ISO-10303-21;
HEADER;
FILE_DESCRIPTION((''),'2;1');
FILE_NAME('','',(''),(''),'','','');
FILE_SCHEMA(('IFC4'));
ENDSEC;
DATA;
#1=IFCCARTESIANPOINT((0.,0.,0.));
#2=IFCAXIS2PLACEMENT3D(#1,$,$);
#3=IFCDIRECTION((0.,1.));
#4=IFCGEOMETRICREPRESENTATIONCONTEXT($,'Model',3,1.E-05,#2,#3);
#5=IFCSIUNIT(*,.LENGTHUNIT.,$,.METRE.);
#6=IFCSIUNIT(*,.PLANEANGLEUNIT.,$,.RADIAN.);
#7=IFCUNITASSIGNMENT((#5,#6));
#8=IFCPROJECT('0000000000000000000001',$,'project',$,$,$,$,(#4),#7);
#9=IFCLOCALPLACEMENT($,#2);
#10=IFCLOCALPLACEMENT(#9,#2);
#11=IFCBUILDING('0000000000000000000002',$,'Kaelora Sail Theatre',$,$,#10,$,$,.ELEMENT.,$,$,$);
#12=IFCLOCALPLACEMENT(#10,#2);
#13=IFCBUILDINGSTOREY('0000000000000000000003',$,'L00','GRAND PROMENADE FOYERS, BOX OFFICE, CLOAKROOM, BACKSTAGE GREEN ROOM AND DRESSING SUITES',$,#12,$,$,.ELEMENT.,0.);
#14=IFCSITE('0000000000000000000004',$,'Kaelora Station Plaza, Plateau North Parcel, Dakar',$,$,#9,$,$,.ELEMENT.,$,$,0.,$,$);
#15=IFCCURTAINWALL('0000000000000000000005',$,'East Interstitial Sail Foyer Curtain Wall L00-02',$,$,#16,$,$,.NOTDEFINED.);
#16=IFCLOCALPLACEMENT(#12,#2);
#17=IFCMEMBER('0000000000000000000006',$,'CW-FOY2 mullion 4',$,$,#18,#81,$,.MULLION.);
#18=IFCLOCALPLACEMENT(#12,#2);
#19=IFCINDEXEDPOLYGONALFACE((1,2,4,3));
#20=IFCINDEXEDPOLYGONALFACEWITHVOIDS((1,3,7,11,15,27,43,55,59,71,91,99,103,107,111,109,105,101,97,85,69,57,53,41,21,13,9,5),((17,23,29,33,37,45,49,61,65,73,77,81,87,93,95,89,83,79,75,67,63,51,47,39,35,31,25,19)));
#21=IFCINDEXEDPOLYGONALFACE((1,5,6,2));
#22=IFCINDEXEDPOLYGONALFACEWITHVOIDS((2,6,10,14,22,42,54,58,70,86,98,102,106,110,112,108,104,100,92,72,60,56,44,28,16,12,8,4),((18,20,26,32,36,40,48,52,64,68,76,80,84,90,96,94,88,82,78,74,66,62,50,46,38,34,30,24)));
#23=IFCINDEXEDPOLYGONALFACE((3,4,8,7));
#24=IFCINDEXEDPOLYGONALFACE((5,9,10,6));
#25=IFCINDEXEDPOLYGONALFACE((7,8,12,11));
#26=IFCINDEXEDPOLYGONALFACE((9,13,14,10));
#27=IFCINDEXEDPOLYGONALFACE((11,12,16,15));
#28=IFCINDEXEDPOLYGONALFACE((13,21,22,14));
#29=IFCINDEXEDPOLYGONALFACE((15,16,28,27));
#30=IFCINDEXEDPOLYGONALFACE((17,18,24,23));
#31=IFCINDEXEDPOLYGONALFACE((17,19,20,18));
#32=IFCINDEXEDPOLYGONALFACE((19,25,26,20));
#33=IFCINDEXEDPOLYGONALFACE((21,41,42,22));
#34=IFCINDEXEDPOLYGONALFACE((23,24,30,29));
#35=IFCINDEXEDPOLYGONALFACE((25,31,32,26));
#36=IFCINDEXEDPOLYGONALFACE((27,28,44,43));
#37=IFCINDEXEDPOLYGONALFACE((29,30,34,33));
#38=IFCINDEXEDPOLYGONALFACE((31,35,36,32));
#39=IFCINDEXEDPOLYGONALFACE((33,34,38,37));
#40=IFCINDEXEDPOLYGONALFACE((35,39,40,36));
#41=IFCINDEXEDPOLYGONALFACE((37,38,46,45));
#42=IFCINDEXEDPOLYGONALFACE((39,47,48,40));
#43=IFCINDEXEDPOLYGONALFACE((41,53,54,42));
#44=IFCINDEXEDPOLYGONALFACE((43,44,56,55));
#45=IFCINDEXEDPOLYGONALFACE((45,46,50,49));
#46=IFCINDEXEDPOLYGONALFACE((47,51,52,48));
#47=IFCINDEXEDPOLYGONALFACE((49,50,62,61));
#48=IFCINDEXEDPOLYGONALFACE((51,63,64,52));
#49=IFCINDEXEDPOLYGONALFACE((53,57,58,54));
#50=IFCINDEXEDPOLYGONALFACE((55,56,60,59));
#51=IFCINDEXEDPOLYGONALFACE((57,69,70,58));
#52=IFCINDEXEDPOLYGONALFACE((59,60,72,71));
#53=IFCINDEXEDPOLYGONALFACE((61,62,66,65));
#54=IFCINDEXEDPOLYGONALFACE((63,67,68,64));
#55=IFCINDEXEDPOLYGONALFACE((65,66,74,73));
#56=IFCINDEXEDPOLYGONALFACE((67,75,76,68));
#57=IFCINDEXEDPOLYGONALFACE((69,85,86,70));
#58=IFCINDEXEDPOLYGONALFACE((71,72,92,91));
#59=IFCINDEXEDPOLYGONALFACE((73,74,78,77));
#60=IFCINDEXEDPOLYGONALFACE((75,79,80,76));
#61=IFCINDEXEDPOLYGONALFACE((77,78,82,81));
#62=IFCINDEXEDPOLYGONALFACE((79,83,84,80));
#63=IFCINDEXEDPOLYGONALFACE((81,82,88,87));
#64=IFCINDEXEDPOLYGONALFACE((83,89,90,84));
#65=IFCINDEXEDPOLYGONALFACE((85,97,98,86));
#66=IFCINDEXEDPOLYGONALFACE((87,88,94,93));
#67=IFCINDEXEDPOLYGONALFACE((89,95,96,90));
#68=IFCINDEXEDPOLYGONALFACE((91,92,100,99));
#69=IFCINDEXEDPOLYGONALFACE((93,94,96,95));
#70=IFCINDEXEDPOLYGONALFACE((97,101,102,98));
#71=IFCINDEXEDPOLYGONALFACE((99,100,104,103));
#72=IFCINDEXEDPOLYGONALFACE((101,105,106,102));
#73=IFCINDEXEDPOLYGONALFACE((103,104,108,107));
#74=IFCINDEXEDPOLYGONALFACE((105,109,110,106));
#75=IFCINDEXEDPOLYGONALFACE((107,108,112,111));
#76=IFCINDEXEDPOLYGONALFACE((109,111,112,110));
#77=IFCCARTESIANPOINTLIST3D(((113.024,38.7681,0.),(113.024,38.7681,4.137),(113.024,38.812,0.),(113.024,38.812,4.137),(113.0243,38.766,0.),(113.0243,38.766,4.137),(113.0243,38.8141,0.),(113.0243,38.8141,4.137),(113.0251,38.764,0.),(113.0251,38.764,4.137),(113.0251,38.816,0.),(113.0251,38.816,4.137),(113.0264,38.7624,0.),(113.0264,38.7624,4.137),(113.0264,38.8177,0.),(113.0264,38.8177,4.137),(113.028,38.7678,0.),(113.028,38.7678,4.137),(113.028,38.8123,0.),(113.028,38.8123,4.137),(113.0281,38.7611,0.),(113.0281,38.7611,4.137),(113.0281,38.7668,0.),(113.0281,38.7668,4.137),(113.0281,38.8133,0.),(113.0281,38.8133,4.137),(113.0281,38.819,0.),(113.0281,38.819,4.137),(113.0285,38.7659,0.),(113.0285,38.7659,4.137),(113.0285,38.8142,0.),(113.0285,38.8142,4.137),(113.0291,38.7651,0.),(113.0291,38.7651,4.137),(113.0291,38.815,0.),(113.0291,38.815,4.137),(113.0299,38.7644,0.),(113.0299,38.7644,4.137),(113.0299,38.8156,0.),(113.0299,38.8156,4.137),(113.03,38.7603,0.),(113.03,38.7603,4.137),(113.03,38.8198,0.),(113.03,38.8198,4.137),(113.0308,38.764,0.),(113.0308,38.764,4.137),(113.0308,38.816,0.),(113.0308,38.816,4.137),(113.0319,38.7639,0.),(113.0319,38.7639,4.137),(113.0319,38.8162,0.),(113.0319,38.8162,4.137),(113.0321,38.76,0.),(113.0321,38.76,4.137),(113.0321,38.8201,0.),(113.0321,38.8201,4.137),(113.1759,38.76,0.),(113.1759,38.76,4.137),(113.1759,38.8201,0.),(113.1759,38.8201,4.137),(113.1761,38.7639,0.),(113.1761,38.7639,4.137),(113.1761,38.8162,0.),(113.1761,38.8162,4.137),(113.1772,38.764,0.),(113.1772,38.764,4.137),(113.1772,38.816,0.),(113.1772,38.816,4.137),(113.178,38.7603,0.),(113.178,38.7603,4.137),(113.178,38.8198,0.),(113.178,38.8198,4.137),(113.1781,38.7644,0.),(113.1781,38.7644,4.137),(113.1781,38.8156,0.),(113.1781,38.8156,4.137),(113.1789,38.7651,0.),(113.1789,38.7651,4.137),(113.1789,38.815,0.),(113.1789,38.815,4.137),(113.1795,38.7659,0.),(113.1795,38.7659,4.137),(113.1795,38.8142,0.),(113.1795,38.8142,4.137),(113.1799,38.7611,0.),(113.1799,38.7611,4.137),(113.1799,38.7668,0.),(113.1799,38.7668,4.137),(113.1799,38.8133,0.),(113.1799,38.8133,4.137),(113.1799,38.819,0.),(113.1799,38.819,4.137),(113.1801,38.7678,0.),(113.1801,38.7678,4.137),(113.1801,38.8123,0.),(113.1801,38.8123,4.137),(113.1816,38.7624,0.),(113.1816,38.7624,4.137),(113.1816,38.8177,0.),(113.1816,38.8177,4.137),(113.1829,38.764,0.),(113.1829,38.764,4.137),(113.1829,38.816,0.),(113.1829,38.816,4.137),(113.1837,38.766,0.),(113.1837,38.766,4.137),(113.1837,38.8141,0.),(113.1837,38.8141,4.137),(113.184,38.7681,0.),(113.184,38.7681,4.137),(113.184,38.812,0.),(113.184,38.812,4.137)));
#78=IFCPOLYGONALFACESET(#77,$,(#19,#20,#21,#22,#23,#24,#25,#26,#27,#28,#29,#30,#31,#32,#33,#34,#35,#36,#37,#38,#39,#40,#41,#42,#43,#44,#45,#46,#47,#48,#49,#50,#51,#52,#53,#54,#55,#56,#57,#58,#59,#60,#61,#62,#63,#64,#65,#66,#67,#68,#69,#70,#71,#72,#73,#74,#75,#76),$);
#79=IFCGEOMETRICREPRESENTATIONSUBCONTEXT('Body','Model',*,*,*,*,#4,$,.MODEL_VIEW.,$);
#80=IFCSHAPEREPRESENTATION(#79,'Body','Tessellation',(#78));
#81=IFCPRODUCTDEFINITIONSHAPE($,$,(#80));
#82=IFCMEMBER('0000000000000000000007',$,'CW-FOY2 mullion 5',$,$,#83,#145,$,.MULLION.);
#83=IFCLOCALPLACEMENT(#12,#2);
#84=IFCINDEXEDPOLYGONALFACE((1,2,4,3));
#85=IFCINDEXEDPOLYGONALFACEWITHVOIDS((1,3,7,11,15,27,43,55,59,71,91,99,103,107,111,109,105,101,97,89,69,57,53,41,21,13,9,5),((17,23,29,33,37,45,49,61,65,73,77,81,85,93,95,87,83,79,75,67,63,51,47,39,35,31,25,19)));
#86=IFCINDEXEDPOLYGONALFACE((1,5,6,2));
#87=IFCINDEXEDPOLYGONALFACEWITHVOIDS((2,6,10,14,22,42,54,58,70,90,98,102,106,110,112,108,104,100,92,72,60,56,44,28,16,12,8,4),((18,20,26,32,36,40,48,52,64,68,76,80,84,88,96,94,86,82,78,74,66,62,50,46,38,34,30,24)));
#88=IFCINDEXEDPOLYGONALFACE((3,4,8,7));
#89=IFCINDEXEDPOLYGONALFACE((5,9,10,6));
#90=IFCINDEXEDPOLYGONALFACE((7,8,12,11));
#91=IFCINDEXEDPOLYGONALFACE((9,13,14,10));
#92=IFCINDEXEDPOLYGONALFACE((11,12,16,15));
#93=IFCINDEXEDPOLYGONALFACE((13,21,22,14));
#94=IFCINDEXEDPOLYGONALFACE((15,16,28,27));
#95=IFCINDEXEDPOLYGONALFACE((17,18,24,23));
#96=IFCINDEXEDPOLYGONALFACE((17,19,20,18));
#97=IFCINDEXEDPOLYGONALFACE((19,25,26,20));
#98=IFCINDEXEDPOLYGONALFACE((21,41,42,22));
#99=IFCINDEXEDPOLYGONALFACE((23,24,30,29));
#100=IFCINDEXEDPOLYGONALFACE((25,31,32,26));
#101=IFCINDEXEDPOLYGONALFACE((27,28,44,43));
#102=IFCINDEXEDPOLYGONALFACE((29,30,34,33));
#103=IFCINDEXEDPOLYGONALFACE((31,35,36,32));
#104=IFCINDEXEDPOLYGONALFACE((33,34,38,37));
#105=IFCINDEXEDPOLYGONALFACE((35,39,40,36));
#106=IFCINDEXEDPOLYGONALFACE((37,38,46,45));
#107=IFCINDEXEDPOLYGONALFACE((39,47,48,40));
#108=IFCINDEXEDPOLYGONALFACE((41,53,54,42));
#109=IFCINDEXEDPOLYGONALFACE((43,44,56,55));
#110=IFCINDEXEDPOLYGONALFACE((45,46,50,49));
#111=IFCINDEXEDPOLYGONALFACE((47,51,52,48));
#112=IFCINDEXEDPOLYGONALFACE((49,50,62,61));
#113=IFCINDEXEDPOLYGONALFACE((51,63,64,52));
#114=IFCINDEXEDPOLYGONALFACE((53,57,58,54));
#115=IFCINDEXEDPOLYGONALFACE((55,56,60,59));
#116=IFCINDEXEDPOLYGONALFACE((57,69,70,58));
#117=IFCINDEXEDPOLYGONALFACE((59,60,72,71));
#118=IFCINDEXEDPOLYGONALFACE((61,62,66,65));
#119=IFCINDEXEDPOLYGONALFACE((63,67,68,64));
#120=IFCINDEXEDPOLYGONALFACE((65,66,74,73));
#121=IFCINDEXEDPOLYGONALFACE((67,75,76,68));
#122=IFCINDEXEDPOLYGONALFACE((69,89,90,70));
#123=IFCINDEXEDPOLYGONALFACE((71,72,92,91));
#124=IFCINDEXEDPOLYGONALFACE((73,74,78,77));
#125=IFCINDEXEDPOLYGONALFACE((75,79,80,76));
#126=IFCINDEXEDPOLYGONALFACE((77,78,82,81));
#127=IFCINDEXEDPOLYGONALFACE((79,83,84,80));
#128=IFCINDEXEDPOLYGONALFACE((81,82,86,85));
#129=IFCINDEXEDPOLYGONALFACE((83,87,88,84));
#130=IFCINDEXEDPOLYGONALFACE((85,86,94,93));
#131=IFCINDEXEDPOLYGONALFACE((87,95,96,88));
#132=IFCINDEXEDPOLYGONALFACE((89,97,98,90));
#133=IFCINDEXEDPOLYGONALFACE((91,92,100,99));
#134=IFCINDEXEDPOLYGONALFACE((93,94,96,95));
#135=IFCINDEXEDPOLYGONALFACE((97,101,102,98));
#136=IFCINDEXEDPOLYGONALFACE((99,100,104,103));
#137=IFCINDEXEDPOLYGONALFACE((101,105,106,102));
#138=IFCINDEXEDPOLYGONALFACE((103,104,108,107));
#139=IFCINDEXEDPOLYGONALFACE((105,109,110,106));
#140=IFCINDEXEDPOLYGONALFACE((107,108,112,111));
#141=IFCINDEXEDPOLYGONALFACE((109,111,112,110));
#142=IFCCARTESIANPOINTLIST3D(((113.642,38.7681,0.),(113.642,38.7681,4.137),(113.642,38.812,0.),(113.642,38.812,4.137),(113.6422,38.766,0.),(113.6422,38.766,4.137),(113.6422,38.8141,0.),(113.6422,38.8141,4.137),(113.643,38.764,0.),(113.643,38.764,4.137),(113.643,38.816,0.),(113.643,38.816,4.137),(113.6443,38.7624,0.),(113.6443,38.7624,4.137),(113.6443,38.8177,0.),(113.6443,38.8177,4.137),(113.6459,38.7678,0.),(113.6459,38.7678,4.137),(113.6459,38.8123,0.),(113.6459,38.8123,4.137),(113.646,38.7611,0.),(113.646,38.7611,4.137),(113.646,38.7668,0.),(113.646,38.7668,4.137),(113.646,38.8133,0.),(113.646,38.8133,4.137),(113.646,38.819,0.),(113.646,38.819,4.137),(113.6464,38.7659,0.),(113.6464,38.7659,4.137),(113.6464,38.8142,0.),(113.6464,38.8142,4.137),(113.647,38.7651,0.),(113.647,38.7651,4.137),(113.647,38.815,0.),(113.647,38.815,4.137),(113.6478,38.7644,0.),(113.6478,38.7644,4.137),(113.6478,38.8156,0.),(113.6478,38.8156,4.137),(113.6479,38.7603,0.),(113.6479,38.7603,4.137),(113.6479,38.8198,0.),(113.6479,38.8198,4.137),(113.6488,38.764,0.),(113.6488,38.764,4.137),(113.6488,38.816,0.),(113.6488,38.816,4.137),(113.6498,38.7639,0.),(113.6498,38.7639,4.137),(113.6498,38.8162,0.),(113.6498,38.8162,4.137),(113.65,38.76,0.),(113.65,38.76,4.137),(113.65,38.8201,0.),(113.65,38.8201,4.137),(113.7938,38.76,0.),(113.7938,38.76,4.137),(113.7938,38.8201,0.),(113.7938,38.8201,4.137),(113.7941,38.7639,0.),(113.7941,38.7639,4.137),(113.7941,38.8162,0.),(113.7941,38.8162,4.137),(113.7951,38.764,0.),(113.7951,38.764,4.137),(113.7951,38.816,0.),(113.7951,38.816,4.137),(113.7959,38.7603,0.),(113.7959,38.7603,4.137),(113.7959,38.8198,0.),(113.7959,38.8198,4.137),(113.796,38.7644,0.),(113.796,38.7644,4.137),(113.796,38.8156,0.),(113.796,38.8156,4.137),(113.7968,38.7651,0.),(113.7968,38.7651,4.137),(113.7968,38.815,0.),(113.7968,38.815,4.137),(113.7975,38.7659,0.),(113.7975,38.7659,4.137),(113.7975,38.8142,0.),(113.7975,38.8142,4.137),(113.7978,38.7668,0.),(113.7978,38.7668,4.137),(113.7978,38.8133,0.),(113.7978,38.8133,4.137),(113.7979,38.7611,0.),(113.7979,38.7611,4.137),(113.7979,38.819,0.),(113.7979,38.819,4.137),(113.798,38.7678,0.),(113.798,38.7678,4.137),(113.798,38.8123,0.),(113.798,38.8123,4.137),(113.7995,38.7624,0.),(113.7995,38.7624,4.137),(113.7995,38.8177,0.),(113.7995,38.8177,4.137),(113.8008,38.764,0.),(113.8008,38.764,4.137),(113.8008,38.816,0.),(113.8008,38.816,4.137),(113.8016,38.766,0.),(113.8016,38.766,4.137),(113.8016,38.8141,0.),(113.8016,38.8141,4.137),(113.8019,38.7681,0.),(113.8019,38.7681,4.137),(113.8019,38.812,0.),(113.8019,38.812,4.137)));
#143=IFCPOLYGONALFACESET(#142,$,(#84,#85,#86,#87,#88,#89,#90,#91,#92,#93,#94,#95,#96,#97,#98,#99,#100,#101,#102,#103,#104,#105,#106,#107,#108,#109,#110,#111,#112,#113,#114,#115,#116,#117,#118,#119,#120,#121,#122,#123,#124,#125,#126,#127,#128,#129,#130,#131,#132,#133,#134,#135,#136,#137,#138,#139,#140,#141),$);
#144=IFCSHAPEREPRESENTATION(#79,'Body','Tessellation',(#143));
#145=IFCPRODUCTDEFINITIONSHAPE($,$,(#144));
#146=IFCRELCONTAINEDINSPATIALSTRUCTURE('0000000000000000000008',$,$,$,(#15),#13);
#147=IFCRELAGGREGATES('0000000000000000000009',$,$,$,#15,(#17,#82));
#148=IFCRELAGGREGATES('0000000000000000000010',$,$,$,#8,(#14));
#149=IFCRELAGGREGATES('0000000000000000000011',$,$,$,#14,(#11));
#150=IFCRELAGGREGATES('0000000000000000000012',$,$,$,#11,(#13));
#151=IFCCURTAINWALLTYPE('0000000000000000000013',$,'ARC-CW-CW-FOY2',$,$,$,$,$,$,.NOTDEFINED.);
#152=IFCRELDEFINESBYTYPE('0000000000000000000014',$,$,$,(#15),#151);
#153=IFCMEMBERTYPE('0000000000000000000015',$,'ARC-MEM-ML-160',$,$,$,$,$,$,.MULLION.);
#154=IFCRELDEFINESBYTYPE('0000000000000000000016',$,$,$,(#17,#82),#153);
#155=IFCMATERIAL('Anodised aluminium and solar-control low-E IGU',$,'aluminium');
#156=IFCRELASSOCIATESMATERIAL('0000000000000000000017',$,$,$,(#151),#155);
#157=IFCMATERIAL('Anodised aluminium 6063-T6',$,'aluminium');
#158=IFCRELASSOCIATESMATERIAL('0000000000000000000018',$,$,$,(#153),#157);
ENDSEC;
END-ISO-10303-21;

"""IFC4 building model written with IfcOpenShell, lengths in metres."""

from ifc_helpers import new_model, si_unit, direction, frame, origin, origin_2d, place, context, subcontext, project, spatial, hollow_rectangle, extrude, material, material_profile, profile_set, type_object, element, aggregate, save


model = new_model("IFC4")

# Units and contexts
model_context = context("Model", 3, precision=1e-05, world=origin(), true_north=direction((0.0, 1.0)))
body_context = subcontext(model_context, "Body", "Model", "MODEL_VIEW")
ifc_project = project(units=[si_unit("LENGTHUNIT", "METRE"), si_unit("PLANEANGLEUNIT", "RADIAN")], contexts=[model_context])

# Site, building, storey
site_placement = place(None, origin())
site = spatial("IfcSite", under=ifc_project, at=site_placement, Name="Kaelora Station Plaza, Plateau North Parcel, Dakar", CompositionType="ELEMENT", RefElevation=0.0)
building_placement = place(site_placement, origin())
building = spatial("IfcBuilding", under=site, at=building_placement, Name="Kaelora Sail Theatre", CompositionType="ELEMENT")
storey_placement = place(building_placement, origin())
storey = spatial("IfcBuildingStorey", under=building, at=storey_placement, Name="L00", Description="GRAND PROMENADE FOYERS, BOX OFFICE, CLOAKROOM, BACKSTAGE GREEN ROOM AND DRESSING SUITES", CompositionType="ELEMENT", Elevation=0.0)

# Curtain wall, members
ifc_material_1 = material(Name="Anodised aluminium and solar-control low-E IGU", Category="aluminium")
curtain_wall_type = type_object("IfcCurtainWallType", Name="ARC-CW-CW-FOY2", PredefinedType="NOTDEFINED", material=ifc_material_1)
curtain_wall_placement = place(storey_placement, origin())
curtain_wall = element("IfcCurtainWall", 1, at=curtain_wall_placement, inside=storey, type_object=curtain_wall_type, Name="East Interstitial Sail Foyer Curtain Wall L00-02", PredefinedType="NOTDEFINED")
ifc_material_2 = material(Name="Anodised aluminium 6063-T6", Category="aluminium")
ifc_material_profile_1 = material_profile(ifc_material_2, hollow_rectangle(XDim=0.0601, YDim=0.1599, WallThickness=0.0039, InnerFilletRadius=0.0039, OuterFilletRadius=0.0081, at=origin_2d()), Name="ALU-MULL 60x160x4")
ifc_profile_set_1 = profile_set([ifc_material_profile_1], Name="Anodised aluminium 6063-T6")
member_type_1 = type_object("IfcMemberType", Name="ARC-MEM-ML-160", PredefinedType="MULLION", material=ifc_profile_set_1)
member_1_placement = place(storey_placement, frame((113.104, 38.79, 0.0), z_axis=(0.0, 0.0, 1.0), x_axis=(0.0, 1.0, 0.0)))
member_1 = element("IfcMember", 2, at=member_1_placement, type_object=member_type_1, Name="CW-FOY2 mullion 4", PredefinedType="MULLION", context=body_context, shape_type="SweptSolid", body=[
    extrude(hollow_rectangle(XDim=0.0601, YDim=0.1599, WallThickness=0.0039, InnerFilletRadius=0.0039, OuterFilletRadius=0.0081, at=origin_2d()), origin(), (0.0, 0.0, 1.0), 4.137),
])
member_2_placement = place(storey_placement, frame((113.7219, 38.79, 0.0), z_axis=(0.0, 0.0, 1.0), x_axis=(0.0, 1.0, 0.0)))
member_2 = element("IfcMember", 3, at=member_2_placement, type_object=member_type_1, Name="CW-FOY2 mullion 5", PredefinedType="MULLION", context=body_context, shape_type="SweptSolid", body=[
    extrude(hollow_rectangle(XDim=0.0601, YDim=0.1599, WallThickness=0.0039, InnerFilletRadius=0.0039, OuterFilletRadius=0.0081, at=origin_2d()), origin(), (0.0, 0.0, 1.0), 4.137),
])
aggregate(curtain_wall, [member_1, member_2])

save(model, "model.ifc")
